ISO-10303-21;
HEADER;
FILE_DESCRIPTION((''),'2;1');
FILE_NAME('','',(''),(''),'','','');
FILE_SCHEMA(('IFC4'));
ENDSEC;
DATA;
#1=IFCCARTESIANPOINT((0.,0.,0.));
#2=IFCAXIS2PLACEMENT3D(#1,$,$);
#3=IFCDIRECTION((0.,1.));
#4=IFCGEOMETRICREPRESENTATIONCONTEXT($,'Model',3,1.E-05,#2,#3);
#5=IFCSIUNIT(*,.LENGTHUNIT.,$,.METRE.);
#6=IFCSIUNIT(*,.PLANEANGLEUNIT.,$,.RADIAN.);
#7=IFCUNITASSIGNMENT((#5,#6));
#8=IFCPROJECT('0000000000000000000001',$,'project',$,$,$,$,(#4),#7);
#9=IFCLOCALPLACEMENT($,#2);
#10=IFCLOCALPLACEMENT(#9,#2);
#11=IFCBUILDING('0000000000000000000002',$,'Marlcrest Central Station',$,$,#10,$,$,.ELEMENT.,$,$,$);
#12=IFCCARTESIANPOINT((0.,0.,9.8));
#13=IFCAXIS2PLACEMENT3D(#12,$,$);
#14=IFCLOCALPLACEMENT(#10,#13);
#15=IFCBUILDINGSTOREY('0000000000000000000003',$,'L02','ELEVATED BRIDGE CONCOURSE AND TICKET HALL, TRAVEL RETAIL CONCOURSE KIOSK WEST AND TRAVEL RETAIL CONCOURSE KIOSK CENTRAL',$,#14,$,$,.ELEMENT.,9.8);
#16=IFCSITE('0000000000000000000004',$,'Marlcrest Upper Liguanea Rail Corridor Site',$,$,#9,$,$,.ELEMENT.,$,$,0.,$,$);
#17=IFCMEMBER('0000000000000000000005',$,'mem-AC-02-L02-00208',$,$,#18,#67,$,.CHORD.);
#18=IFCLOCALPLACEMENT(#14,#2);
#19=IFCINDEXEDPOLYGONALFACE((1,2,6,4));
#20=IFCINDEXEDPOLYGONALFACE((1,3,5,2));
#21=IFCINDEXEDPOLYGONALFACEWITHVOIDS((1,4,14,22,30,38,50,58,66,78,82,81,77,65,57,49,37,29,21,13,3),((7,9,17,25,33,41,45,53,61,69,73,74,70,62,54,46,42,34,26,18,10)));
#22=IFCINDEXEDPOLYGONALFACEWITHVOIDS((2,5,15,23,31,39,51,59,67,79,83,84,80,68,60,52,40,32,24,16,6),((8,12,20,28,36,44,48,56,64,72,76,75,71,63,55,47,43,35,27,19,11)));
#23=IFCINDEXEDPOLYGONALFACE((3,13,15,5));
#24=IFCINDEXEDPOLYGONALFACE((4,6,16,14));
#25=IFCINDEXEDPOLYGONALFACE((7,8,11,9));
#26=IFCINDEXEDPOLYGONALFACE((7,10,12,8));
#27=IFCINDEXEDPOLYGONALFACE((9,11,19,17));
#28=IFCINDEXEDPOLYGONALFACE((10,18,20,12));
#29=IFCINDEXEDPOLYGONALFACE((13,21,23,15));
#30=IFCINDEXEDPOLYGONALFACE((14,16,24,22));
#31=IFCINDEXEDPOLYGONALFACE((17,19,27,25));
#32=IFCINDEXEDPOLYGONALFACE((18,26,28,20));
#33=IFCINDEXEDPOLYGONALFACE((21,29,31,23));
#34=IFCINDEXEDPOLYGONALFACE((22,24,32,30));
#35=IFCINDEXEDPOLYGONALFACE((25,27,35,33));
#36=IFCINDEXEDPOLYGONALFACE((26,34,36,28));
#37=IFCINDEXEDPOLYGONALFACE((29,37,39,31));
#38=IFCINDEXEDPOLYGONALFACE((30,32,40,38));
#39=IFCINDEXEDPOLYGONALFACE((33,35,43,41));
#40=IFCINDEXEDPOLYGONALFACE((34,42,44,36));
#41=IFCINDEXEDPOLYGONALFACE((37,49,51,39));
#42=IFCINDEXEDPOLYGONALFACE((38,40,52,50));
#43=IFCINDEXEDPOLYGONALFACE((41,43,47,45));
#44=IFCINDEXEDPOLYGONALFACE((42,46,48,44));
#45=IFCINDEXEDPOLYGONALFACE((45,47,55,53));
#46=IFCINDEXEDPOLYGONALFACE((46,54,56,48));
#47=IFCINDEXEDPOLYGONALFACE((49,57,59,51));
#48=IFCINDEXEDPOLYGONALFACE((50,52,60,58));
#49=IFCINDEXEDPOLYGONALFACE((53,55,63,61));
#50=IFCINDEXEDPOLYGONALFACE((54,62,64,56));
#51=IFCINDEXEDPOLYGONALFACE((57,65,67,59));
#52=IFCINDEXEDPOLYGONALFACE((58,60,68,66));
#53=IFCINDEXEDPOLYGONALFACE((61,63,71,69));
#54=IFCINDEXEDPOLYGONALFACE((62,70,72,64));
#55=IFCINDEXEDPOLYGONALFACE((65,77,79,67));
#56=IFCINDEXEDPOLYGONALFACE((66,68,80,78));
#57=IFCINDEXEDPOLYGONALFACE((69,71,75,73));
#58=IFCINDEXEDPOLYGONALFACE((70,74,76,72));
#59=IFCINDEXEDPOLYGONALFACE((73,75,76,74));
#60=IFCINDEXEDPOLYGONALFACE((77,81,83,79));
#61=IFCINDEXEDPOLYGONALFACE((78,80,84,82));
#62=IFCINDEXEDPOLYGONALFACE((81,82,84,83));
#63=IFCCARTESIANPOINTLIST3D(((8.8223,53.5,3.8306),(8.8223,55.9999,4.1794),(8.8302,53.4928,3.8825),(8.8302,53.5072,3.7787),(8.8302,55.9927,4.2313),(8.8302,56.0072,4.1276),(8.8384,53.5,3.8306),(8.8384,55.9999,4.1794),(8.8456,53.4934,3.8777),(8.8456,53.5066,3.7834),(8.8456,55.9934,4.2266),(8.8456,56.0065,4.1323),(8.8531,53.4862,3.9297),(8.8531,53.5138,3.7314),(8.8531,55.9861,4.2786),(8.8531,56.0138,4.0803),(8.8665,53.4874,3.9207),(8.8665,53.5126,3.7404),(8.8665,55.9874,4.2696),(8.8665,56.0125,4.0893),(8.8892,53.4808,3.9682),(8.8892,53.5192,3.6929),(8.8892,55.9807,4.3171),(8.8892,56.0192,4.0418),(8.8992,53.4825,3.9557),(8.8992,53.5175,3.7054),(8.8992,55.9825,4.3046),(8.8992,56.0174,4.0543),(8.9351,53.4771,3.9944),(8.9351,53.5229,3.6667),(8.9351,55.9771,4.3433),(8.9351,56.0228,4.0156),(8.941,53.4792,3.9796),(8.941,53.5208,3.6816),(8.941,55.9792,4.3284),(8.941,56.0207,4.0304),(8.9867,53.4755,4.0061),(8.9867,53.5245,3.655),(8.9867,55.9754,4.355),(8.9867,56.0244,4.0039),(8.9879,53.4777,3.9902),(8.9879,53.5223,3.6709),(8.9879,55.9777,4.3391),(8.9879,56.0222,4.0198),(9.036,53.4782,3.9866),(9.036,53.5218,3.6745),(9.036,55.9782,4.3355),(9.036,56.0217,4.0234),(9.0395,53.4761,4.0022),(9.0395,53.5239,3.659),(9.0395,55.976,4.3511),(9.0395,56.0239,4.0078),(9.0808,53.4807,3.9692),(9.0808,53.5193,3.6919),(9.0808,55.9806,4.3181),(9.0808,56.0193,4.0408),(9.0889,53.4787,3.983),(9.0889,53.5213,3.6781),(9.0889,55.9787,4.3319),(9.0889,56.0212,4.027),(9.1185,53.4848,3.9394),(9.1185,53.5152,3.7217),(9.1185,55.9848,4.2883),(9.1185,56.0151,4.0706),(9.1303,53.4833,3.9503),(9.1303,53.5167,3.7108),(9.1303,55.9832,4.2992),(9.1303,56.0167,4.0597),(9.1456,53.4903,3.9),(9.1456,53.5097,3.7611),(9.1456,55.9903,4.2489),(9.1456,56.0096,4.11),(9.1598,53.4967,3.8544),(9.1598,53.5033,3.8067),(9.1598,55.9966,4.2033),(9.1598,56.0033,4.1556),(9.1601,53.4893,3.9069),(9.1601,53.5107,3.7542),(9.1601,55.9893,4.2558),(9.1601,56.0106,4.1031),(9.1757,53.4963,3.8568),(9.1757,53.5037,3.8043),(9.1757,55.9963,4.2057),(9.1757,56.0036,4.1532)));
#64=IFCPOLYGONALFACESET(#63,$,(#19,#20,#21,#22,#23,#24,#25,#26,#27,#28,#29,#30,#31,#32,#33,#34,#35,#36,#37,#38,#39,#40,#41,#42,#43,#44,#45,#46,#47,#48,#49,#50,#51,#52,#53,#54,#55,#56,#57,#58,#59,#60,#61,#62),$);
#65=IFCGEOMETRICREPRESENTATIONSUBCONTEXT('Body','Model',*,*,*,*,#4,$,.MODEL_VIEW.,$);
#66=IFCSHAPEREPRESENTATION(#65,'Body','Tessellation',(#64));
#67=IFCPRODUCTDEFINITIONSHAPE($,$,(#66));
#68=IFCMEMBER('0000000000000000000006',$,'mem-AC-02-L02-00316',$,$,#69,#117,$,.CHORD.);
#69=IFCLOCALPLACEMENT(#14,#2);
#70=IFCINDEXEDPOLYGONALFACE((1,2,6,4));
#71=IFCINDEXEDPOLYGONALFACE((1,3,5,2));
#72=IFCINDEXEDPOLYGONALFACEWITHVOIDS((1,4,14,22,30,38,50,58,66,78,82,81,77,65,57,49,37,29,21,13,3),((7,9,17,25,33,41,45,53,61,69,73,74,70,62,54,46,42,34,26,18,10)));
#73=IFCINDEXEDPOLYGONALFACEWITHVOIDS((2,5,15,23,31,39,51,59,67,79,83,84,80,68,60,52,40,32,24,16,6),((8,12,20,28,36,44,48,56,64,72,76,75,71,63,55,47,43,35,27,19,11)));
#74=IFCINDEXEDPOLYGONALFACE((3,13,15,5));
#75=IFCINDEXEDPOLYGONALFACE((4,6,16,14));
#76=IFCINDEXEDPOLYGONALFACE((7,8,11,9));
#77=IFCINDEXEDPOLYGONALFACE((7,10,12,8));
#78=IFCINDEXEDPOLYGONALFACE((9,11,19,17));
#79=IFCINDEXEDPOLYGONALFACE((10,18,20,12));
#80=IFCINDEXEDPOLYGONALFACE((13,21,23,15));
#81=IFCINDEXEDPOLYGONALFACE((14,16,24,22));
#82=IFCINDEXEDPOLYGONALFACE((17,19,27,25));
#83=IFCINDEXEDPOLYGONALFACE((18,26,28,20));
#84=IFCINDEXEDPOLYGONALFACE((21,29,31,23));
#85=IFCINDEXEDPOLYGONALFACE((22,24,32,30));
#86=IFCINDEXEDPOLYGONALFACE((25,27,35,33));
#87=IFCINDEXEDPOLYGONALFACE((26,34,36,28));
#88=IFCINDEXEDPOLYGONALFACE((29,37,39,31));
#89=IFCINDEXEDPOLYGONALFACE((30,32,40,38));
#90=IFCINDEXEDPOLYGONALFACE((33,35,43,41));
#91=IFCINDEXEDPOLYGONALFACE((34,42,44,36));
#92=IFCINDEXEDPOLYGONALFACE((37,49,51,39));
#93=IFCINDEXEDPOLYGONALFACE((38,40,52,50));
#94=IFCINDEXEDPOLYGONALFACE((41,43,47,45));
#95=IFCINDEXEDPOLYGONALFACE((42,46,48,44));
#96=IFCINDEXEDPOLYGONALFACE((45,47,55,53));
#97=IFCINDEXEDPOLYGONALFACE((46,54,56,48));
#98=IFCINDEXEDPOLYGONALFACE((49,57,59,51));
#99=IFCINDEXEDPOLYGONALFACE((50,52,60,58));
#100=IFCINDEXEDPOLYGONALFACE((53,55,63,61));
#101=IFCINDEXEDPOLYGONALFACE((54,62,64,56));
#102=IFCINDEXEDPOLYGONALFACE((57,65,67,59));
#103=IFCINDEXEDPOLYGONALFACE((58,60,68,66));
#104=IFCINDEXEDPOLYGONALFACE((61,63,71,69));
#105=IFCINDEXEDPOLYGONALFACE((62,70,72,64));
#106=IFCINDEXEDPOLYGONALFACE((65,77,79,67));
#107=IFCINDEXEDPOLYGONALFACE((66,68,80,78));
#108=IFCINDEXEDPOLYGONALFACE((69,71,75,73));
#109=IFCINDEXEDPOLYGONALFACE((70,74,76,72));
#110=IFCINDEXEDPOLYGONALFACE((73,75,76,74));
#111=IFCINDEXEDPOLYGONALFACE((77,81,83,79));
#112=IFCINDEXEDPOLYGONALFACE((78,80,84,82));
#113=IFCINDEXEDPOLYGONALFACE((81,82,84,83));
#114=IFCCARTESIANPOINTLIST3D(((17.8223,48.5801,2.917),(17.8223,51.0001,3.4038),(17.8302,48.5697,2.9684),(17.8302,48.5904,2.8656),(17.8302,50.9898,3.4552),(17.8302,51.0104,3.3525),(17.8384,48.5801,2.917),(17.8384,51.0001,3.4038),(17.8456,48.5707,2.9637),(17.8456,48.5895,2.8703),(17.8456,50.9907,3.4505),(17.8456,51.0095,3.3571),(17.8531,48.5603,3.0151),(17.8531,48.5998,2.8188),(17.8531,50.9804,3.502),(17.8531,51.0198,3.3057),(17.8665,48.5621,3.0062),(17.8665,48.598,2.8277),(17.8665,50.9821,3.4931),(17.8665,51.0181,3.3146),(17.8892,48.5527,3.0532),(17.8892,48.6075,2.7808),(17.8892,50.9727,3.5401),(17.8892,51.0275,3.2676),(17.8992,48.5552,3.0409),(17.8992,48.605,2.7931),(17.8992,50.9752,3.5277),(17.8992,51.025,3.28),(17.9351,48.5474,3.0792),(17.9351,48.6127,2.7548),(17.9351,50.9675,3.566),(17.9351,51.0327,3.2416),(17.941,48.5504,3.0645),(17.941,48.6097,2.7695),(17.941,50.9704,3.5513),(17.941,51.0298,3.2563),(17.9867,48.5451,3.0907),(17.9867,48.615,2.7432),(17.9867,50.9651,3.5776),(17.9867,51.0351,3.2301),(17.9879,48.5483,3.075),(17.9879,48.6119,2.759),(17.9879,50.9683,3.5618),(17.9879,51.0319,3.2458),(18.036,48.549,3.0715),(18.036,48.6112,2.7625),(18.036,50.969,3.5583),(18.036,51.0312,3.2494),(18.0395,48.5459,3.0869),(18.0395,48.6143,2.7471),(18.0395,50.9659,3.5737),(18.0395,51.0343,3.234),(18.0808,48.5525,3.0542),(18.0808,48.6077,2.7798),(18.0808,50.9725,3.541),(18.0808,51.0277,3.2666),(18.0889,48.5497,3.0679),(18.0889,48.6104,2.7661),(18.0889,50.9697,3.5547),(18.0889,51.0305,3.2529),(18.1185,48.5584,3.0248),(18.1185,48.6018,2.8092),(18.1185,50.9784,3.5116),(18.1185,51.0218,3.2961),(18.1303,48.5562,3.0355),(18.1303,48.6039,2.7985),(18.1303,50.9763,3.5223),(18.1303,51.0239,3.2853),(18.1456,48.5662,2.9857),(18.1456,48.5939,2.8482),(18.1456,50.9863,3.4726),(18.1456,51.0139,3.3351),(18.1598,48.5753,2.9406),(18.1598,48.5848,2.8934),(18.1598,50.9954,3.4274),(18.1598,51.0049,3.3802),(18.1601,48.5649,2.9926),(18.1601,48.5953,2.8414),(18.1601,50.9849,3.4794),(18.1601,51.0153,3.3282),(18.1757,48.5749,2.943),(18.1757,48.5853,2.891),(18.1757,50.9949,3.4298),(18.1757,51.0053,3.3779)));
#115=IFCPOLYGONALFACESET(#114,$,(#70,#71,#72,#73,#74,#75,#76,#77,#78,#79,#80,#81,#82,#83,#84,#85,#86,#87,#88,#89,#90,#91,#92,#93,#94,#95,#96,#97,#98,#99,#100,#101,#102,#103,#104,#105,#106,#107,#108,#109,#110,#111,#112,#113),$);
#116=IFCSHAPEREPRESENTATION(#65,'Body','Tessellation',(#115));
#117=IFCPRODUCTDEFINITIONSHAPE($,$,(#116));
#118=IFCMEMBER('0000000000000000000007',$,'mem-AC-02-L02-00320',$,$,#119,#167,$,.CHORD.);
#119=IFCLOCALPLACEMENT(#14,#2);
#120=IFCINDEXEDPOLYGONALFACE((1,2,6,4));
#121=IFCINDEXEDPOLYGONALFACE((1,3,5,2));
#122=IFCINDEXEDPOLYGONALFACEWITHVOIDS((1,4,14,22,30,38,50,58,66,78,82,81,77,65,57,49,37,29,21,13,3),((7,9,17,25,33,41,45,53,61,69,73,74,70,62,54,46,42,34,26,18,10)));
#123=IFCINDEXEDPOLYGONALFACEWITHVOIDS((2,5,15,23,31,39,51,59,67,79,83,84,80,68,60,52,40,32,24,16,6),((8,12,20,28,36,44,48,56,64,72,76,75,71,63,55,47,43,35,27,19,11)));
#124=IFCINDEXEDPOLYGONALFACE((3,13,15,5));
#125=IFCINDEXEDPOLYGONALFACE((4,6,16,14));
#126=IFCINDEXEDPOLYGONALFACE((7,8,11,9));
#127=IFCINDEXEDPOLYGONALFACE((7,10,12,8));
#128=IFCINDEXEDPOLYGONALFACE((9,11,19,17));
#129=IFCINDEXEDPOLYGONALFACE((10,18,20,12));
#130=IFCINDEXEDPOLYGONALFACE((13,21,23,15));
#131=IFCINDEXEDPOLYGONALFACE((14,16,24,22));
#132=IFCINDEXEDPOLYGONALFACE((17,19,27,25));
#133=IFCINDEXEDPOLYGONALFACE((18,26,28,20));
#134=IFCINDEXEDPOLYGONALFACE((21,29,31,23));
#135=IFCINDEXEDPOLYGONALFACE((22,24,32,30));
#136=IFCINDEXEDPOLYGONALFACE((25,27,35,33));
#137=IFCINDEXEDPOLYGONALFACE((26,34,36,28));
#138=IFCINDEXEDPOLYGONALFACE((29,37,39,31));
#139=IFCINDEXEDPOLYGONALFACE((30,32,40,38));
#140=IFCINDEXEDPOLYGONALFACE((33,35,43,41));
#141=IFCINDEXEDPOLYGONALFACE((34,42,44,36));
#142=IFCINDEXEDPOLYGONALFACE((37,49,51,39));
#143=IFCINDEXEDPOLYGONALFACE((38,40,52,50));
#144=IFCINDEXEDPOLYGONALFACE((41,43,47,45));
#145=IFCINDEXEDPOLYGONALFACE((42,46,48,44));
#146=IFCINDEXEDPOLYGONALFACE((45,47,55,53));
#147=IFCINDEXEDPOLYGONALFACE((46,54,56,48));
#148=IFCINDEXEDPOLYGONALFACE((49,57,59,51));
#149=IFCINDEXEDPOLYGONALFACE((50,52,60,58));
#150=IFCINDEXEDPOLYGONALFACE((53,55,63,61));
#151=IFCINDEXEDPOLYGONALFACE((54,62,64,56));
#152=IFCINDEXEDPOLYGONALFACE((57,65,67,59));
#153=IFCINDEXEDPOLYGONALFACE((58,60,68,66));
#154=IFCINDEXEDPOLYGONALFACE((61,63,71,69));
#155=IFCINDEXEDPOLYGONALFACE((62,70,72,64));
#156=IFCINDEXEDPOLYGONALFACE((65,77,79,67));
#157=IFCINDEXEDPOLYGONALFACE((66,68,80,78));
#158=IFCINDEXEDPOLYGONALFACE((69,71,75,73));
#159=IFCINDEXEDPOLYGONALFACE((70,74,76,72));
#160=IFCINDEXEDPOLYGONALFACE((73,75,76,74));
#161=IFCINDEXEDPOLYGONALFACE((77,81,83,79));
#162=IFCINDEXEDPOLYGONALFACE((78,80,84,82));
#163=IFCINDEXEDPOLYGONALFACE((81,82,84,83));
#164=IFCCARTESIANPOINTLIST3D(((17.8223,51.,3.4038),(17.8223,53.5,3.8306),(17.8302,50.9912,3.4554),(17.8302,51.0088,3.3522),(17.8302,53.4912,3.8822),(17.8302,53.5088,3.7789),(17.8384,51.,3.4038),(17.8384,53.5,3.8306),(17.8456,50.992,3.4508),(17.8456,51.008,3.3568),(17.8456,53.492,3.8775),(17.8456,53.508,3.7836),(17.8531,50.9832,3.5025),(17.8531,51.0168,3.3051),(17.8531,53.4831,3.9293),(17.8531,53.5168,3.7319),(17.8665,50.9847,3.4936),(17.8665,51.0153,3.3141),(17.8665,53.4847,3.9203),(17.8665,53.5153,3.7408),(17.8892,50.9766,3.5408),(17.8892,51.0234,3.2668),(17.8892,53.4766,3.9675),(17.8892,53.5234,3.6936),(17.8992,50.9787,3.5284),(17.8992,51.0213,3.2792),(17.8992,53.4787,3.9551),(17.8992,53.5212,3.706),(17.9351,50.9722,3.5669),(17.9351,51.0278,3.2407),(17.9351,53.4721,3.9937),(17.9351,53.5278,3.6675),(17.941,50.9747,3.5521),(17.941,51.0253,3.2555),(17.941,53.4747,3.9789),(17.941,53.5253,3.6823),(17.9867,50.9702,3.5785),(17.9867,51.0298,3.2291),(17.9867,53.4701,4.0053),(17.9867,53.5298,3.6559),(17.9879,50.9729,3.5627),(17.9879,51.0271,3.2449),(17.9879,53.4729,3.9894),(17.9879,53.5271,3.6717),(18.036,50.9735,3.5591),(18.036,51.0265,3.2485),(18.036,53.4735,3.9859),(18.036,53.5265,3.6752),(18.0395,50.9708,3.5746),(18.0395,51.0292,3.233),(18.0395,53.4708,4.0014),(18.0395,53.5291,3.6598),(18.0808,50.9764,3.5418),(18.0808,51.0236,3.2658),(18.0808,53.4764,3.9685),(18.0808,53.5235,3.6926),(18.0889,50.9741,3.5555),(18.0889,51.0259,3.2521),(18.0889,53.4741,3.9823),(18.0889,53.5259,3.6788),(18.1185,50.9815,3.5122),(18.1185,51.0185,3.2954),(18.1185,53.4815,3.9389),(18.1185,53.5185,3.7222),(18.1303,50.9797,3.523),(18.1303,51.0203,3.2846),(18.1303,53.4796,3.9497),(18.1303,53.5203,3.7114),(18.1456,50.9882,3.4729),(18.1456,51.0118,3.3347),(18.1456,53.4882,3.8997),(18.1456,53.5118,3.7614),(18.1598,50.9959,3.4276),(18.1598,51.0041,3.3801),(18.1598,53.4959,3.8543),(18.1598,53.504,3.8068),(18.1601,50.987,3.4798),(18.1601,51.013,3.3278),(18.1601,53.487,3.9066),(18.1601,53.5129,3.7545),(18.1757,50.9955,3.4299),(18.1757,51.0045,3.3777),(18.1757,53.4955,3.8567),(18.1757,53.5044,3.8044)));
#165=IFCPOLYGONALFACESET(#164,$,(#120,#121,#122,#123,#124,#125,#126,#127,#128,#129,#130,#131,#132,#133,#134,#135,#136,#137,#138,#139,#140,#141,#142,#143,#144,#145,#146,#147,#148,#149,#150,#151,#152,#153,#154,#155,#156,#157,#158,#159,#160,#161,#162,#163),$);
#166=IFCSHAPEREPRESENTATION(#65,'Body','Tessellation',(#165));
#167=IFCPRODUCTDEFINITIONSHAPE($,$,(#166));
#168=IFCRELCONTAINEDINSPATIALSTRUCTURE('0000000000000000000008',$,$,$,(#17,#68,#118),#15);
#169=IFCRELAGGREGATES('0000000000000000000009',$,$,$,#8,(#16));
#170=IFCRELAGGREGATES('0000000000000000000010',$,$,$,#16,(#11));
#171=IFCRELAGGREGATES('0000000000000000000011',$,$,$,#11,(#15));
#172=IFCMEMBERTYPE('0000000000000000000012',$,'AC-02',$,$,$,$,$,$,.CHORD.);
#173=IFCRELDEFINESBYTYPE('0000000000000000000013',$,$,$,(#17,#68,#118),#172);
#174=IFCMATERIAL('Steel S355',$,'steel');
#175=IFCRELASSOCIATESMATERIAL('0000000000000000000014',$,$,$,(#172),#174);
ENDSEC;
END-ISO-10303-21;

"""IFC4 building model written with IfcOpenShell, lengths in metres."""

from ifc_helpers import new_model, si_unit, direction, frame, origin, origin_2d, place, context, subcontext, project, spatial, hollow_circle, extrude, material, material_profile, profile_set, type_object, element, save


model = new_model("IFC4")

# Units and contexts
model_context = context("Model", 3, precision=1e-05, world=origin(), true_north=direction((0.0, 1.0)))
body_context = subcontext(model_context, "Body", "Model", "MODEL_VIEW")
ifc_project = project(units=[si_unit("LENGTHUNIT", "METRE"), si_unit("PLANEANGLEUNIT", "RADIAN")], contexts=[model_context])

# Site, building, storey
site_placement = place(None, origin())
site = spatial("IfcSite", under=ifc_project, at=site_placement, Name="Marlcrest Upper Liguanea Rail Corridor Site", CompositionType="ELEMENT", RefElevation=0.0)
building_placement = place(site_placement, origin())
building = spatial("IfcBuilding", under=site, at=building_placement, Name="Marlcrest Central Station", CompositionType="ELEMENT")
storey_placement = place(building_placement, frame((0.0, 0.0, 9.8)))
storey = spatial("IfcBuildingStorey", under=building, at=storey_placement, Name="L02", Description="ELEVATED BRIDGE CONCOURSE AND TICKET HALL, TRAVEL RETAIL CONCOURSE KIOSK WEST AND TRAVEL RETAIL CONCOURSE KIOSK CENTRAL", CompositionType="ELEMENT", Elevation=9.8)

# Members
ifc_material = material(Name="Steel S355", Category="steel")
ifc_material_profile_1 = material_profile(ifc_material, hollow_circle(Radius=0.1777, WallThickness=0.0161, at=origin_2d()), Name="CHS 355.6x16")
ifc_profile_set_1 = profile_set([ifc_material_profile_1], Name="Steel S355")
member_type_1 = type_object("IfcMemberType", Name="AC-02", PredefinedType="CHORD", material=ifc_profile_set_1)
member_1_placement = place(storey_placement, frame((9.0, 53.5, 3.8306), z_axis=(0.0, 0.990403, 0.138211), x_axis=(-1.0, 0.0, 0.0)))
element("IfcMember", 1, at=member_1_placement, inside=storey, type_object=member_type_1, Name="mem-AC-02-L02-00208", PredefinedType="CHORD", context=body_context, shape_type="SweptSolid", body=[
    extrude(hollow_circle(Radius=0.1777, WallThickness=0.0161, at=origin_2d()), origin(), (0.0, 0.0, 1.0), 2.5242),
])
member_2_placement = place(storey_placement, frame((18.0, 48.5801, 2.917), z_axis=(0.0, 0.980359, 0.197219), x_axis=(-1.0, 0.0, 0.0)))
element("IfcMember", 2, at=member_2_placement, inside=storey, type_object=member_type_1, Name="mem-AC-02-L02-00316", PredefinedType="CHORD", context=body_context, shape_type="SweptSolid", body=[
    extrude(hollow_circle(Radius=0.1777, WallThickness=0.0161, at=origin_2d()), origin(), (0.0, 0.0, 1.0), 2.4685),
])
member_3_placement = place(storey_placement, frame((18.0, 51.0, 3.4038), z_axis=(0.0, 0.985741, 0.168269), x_axis=(-1.0, 0.0, 0.0)))
element("IfcMember", 3, at=member_3_placement, inside=storey, type_object=member_type_1, Name="mem-AC-02-L02-00320", PredefinedType="CHORD", context=body_context, shape_type="SweptSolid", body=[
    extrude(hollow_circle(Radius=0.1777, WallThickness=0.0161, at=origin_2d()), origin(), (0.0, 0.0, 1.0), 2.5361),
])

save(model, "model.ifc")
